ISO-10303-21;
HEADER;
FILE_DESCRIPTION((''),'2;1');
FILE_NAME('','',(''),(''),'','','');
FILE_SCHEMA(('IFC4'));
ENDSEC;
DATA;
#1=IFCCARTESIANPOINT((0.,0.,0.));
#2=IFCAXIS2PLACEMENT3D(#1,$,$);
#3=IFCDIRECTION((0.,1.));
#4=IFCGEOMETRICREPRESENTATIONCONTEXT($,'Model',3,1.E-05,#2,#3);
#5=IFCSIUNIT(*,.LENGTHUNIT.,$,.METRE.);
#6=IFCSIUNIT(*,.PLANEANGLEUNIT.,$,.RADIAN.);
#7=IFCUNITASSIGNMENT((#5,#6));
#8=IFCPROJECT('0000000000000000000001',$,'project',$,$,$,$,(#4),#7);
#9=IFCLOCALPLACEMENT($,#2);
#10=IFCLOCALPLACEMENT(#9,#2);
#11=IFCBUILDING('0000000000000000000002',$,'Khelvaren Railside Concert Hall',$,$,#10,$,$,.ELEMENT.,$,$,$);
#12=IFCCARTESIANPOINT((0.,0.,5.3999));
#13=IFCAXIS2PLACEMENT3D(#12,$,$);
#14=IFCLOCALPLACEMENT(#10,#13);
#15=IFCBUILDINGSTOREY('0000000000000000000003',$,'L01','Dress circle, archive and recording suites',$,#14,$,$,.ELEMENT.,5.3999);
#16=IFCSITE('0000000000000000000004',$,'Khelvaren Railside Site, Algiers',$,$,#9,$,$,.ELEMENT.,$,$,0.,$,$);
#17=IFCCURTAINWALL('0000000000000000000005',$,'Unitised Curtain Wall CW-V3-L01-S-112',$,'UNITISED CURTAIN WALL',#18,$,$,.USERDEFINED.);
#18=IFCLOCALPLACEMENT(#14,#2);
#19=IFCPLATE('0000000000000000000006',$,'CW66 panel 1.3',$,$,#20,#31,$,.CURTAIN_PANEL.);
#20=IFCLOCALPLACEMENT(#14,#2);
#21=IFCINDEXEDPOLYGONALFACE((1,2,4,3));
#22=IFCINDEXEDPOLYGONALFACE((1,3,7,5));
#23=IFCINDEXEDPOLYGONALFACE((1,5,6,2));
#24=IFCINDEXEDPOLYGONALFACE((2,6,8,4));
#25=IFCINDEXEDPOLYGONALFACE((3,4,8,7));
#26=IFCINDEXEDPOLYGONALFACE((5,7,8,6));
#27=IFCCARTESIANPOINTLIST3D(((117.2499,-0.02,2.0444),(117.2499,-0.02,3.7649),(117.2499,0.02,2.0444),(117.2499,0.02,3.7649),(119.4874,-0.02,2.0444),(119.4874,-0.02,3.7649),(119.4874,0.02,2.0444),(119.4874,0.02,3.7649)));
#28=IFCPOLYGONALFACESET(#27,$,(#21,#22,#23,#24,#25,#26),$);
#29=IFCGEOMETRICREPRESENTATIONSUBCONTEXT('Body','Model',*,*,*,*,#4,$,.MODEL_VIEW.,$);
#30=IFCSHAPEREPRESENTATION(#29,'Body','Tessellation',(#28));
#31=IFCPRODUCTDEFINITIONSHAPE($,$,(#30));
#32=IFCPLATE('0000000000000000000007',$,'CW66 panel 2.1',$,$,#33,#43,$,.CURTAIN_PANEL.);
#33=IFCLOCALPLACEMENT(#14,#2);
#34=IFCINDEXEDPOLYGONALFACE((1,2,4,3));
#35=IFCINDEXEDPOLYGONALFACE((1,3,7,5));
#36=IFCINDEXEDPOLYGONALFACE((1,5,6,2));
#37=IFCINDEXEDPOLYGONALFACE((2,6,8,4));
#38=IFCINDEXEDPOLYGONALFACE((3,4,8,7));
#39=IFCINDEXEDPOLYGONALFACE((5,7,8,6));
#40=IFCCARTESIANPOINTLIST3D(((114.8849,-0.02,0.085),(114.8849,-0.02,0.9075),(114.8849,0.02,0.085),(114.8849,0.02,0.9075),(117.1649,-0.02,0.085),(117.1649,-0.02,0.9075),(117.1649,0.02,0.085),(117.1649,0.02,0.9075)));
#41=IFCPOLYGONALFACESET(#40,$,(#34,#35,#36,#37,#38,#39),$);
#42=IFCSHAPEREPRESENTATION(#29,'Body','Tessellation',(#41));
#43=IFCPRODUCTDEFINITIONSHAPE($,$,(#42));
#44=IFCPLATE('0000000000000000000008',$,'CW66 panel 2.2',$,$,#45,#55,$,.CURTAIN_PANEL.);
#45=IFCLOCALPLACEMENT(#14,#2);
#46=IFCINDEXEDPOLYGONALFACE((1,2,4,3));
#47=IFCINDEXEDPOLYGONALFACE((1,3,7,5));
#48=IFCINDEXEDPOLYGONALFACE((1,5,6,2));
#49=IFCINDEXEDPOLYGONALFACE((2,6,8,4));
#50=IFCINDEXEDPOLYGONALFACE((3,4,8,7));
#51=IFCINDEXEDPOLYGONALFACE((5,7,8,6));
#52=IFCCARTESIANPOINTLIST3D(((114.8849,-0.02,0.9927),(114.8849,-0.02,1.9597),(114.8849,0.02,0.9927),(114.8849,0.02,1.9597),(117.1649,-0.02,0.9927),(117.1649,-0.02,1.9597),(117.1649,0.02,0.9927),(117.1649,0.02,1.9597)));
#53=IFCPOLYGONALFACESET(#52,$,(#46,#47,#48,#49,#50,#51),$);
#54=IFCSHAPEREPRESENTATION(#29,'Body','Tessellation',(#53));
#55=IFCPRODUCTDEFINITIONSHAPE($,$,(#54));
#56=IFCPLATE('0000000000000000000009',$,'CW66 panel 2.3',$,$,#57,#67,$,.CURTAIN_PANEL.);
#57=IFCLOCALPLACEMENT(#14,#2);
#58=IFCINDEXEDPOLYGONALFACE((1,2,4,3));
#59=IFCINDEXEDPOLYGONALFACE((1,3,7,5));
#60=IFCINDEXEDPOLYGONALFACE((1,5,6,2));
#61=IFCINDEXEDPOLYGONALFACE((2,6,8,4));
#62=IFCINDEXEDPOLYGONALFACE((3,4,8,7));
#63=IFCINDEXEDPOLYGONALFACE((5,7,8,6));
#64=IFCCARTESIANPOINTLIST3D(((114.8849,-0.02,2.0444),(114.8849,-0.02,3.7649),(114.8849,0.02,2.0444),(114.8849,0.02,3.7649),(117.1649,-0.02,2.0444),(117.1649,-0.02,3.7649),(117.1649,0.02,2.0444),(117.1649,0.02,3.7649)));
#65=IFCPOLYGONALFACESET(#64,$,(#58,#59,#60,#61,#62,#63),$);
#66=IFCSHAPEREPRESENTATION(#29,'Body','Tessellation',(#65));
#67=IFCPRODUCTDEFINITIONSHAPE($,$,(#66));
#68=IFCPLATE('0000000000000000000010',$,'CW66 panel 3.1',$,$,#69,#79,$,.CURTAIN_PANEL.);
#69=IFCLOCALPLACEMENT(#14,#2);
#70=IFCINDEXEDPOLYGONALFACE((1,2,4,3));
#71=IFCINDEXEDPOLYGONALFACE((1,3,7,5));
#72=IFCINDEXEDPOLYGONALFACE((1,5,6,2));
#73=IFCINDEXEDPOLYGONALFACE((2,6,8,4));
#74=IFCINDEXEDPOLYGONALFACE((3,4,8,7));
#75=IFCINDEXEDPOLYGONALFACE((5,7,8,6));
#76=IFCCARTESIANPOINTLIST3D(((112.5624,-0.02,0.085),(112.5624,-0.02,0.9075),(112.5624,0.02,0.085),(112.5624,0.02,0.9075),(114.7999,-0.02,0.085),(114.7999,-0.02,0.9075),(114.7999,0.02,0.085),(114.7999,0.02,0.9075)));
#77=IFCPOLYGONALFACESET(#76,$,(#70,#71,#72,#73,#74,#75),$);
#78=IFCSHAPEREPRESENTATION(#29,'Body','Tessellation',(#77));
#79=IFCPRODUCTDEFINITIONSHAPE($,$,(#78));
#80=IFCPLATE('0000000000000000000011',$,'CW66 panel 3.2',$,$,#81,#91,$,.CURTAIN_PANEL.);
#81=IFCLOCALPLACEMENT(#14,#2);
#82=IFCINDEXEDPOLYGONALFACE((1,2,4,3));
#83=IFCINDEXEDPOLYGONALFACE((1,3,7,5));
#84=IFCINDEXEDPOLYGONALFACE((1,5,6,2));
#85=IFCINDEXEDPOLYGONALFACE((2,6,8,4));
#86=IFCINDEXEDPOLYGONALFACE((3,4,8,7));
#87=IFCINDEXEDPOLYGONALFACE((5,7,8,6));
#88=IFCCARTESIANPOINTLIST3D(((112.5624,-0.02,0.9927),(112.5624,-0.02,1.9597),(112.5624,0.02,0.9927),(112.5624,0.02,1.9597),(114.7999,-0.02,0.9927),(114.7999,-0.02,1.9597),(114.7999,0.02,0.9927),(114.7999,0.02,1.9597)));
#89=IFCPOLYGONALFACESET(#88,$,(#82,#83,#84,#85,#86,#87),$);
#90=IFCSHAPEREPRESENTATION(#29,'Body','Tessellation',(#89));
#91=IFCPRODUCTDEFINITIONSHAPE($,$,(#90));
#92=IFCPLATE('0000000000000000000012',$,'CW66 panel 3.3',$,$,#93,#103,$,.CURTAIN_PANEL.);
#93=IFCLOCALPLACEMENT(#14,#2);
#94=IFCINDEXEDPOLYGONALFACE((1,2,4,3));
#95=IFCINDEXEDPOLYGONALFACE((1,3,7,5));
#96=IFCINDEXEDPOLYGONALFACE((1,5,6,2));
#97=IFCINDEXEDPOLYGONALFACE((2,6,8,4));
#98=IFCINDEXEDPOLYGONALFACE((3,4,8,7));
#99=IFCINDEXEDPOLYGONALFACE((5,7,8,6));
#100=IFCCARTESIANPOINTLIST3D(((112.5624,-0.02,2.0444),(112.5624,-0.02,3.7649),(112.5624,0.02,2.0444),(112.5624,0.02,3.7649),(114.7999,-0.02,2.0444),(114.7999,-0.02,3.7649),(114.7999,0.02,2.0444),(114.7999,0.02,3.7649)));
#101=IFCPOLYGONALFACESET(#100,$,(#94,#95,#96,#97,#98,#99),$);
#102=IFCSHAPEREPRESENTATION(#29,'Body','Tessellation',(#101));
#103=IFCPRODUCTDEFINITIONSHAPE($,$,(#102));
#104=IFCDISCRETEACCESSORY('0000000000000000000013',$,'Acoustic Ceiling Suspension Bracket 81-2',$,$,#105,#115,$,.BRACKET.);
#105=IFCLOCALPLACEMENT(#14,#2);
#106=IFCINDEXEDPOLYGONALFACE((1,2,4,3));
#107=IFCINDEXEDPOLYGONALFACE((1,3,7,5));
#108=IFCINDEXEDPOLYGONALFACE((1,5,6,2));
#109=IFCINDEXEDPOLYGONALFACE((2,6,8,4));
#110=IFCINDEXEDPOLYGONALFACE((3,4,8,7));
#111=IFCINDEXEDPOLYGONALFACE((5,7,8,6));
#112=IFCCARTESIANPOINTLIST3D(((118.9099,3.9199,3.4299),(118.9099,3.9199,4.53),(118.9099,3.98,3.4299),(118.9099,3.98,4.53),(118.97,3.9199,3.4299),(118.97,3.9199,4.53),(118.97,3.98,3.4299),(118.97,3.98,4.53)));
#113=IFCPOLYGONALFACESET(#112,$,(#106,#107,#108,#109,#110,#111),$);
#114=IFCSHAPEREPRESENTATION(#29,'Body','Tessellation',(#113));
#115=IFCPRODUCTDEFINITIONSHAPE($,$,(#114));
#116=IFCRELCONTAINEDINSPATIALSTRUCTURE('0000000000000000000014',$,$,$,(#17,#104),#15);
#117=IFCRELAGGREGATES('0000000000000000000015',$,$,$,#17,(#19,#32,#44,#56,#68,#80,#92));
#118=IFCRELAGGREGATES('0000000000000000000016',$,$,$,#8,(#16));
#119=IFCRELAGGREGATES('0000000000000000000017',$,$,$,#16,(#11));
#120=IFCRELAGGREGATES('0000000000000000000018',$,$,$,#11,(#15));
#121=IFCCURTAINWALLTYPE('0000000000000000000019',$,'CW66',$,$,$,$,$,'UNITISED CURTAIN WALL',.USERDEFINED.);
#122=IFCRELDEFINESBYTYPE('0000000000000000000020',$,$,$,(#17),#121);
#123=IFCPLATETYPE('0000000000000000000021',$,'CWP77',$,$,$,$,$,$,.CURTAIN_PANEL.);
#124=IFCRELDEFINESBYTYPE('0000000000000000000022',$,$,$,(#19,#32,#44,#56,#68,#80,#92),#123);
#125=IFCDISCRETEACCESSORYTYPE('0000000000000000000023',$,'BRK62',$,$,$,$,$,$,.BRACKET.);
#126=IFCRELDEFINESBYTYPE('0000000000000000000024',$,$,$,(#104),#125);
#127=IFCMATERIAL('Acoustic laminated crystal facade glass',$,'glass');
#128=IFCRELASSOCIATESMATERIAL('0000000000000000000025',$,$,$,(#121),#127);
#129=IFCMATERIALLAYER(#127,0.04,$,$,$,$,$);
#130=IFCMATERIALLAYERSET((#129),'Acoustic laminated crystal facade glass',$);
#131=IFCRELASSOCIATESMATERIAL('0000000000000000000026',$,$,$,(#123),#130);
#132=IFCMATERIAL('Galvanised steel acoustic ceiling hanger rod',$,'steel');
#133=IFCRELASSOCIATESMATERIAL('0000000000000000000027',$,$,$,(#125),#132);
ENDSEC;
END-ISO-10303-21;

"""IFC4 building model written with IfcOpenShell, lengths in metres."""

from ifc_helpers import new_model, si_unit, direction, frame, origin, origin_2d, place, context, subcontext, project, spatial, rectangle, extrude, material, layer, layer_set, type_object, element, aggregate, save


model = new_model("IFC4")

# Units and contexts
model_context = context("Model", 3, precision=1e-05, world=origin(), true_north=direction((0.0, 1.0)))
body_context = subcontext(model_context, "Body", "Model", "MODEL_VIEW")
ifc_project = project(units=[si_unit("LENGTHUNIT", "METRE"), si_unit("PLANEANGLEUNIT", "RADIAN")], contexts=[model_context])

# Site, building, storey
site_placement = place(None, origin())
site = spatial("IfcSite", under=ifc_project, at=site_placement, Name="Khelvaren Railside Site, Algiers", CompositionType="ELEMENT", RefElevation=0.0)
building_placement = place(site_placement, origin())
building = spatial("IfcBuilding", under=site, at=building_placement, Name="Khelvaren Railside Concert Hall", CompositionType="ELEMENT")
storey_placement = place(building_placement, frame((0.0, 0.0, 5.3999)))
storey = spatial("IfcBuildingStorey", under=building, at=storey_placement, Name="L01", Description="Dress circle, archive and recording suites", CompositionType="ELEMENT", Elevation=5.3999)

# Curtain wall
ifc_material_1 = material(Name="Acoustic laminated crystal facade glass", Category="glass")
curtain_wall_type = type_object("IfcCurtainWallType", Name="CW66", ElementType="UNITISED CURTAIN WALL", PredefinedType="USERDEFINED", material=ifc_material_1)
curtain_wall_placement = place(storey_placement, origin())
curtain_wall = element("IfcCurtainWall", 1, at=curtain_wall_placement, inside=storey, type_object=curtain_wall_type, Name="Unitised Curtain Wall CW-V3-L01-S-112", ObjectType="UNITISED CURTAIN WALL", PredefinedType="USERDEFINED")

# Plates
ifc_layer = layer(ifc_material_1, 0.04)
ifc_layer_set = layer_set([ifc_layer], Name="Acoustic laminated crystal facade glass")
plate_type = type_object("IfcPlateType", Name="CWP77", PredefinedType="CURTAIN_PANEL", material=ifc_layer_set)
plate_1_placement = place(storey_placement, frame((118.3687, 0.0, 2.0444), z_axis=(0.0, 0.0, 1.0), x_axis=(-1.0, 0.0, 0.0)))
plate_1 = element("IfcPlate", 2, at=plate_1_placement, type_object=plate_type, Name="CW66 panel 1.3", PredefinedType="CURTAIN_PANEL", context=body_context, shape_type="SweptSolid", body=[
    extrude(rectangle(XDim=2.2375, YDim=0.04, at=origin_2d()), origin(), (0.0, 0.0, 1.0), 1.7205),
])
plate_2_placement = place(storey_placement, frame((116.0249, 0.0, 0.085), z_axis=(0.0, 0.0, 1.0), x_axis=(-1.0, 0.0, 0.0)))
plate_2 = element("IfcPlate", 3, at=plate_2_placement, type_object=plate_type, Name="CW66 panel 2.1", PredefinedType="CURTAIN_PANEL", context=body_context, shape_type="SweptSolid", body=[
    extrude(rectangle(XDim=2.28, YDim=0.04, at=origin_2d()), origin(), (0.0, 0.0, 1.0), 0.8225),
])
plate_3_placement = place(storey_placement, frame((116.0249, 0.0, 0.9927), z_axis=(0.0, 0.0, 1.0), x_axis=(-1.0, 0.0, 0.0)))
plate_3 = element("IfcPlate", 4, at=plate_3_placement, type_object=plate_type, Name="CW66 panel 2.2", PredefinedType="CURTAIN_PANEL", context=body_context, shape_type="SweptSolid", body=[
    extrude(rectangle(XDim=2.28, YDim=0.04, at=origin_2d()), origin(), (0.0, 0.0, 1.0), 0.967),
])
plate_4_placement = place(storey_placement, frame((116.0249, 0.0, 2.0444), z_axis=(0.0, 0.0, 1.0), x_axis=(-1.0, 0.0, 0.0)))
plate_4 = element("IfcPlate", 5, at=plate_4_placement, type_object=plate_type, Name="CW66 panel 2.3", PredefinedType="CURTAIN_PANEL", context=body_context, shape_type="SweptSolid", body=[
    extrude(rectangle(XDim=2.28, YDim=0.04, at=origin_2d()), origin(), (0.0, 0.0, 1.0), 1.7205),
])
plate_5_placement = place(storey_placement, frame((113.6812, 0.0, 0.085), z_axis=(0.0, 0.0, 1.0), x_axis=(-1.0, 0.0, 0.0)))
plate_5 = element("IfcPlate", 6, at=plate_5_placement, type_object=plate_type, Name="CW66 panel 3.1", PredefinedType="CURTAIN_PANEL", context=body_context, shape_type="SweptSolid", body=[
    extrude(rectangle(XDim=2.2375, YDim=0.04, at=origin_2d()), origin(), (0.0, 0.0, 1.0), 0.8225),
])
plate_6_placement = place(storey_placement, frame((113.6812, 0.0, 0.9927), z_axis=(0.0, 0.0, 1.0), x_axis=(-1.0, 0.0, 0.0)))
plate_6 = element("IfcPlate", 7, at=plate_6_placement, type_object=plate_type, Name="CW66 panel 3.2", PredefinedType="CURTAIN_PANEL", context=body_context, shape_type="SweptSolid", body=[
    extrude(rectangle(XDim=2.2375, YDim=0.04, at=origin_2d()), origin(), (0.0, 0.0, 1.0), 0.967),
])
plate_7_placement = place(storey_placement, frame((113.6812, 0.0, 2.0444), z_axis=(0.0, 0.0, 1.0), x_axis=(-1.0, 0.0, 0.0)))
plate_7 = element("IfcPlate", 8, at=plate_7_placement, type_object=plate_type, Name="CW66 panel 3.3", PredefinedType="CURTAIN_PANEL", context=body_context, shape_type="SweptSolid", body=[
    extrude(rectangle(XDim=2.2375, YDim=0.04, at=origin_2d()), origin(), (0.0, 0.0, 1.0), 1.7205),
])
aggregate(curtain_wall, [plate_1, plate_2, plate_3, plate_4, plate_5, plate_6, plate_7])

# Discrete accessory
ifc_material_2 = material(Name="Galvanised steel acoustic ceiling hanger rod", Category="steel")
discrete_accessory_type = type_object("IfcDiscreteAccessoryType", Name="BRK62", PredefinedType="BRACKET", material=ifc_material_2)
discrete_accessory_placement = place(storey_placement, frame((118.9399, 3.95, 3.4299), z_axis=(0.0, 0.0, 1.0), x_axis=(1.0, 0.0, 0.0)))
element("IfcDiscreteAccessory", 9, at=discrete_accessory_placement, inside=storey, type_object=discrete_accessory_type, Name="Acoustic Ceiling Suspension Bracket 81-2", PredefinedType="BRACKET", context=body_context, shape_type="SweptSolid", body=[
    extrude(rectangle(XDim=0.0601, YDim=0.0601, at=origin_2d()), origin(), (0.0, 0.0, 1.0), 1.1001),
])

save(model, "model.ifc")
